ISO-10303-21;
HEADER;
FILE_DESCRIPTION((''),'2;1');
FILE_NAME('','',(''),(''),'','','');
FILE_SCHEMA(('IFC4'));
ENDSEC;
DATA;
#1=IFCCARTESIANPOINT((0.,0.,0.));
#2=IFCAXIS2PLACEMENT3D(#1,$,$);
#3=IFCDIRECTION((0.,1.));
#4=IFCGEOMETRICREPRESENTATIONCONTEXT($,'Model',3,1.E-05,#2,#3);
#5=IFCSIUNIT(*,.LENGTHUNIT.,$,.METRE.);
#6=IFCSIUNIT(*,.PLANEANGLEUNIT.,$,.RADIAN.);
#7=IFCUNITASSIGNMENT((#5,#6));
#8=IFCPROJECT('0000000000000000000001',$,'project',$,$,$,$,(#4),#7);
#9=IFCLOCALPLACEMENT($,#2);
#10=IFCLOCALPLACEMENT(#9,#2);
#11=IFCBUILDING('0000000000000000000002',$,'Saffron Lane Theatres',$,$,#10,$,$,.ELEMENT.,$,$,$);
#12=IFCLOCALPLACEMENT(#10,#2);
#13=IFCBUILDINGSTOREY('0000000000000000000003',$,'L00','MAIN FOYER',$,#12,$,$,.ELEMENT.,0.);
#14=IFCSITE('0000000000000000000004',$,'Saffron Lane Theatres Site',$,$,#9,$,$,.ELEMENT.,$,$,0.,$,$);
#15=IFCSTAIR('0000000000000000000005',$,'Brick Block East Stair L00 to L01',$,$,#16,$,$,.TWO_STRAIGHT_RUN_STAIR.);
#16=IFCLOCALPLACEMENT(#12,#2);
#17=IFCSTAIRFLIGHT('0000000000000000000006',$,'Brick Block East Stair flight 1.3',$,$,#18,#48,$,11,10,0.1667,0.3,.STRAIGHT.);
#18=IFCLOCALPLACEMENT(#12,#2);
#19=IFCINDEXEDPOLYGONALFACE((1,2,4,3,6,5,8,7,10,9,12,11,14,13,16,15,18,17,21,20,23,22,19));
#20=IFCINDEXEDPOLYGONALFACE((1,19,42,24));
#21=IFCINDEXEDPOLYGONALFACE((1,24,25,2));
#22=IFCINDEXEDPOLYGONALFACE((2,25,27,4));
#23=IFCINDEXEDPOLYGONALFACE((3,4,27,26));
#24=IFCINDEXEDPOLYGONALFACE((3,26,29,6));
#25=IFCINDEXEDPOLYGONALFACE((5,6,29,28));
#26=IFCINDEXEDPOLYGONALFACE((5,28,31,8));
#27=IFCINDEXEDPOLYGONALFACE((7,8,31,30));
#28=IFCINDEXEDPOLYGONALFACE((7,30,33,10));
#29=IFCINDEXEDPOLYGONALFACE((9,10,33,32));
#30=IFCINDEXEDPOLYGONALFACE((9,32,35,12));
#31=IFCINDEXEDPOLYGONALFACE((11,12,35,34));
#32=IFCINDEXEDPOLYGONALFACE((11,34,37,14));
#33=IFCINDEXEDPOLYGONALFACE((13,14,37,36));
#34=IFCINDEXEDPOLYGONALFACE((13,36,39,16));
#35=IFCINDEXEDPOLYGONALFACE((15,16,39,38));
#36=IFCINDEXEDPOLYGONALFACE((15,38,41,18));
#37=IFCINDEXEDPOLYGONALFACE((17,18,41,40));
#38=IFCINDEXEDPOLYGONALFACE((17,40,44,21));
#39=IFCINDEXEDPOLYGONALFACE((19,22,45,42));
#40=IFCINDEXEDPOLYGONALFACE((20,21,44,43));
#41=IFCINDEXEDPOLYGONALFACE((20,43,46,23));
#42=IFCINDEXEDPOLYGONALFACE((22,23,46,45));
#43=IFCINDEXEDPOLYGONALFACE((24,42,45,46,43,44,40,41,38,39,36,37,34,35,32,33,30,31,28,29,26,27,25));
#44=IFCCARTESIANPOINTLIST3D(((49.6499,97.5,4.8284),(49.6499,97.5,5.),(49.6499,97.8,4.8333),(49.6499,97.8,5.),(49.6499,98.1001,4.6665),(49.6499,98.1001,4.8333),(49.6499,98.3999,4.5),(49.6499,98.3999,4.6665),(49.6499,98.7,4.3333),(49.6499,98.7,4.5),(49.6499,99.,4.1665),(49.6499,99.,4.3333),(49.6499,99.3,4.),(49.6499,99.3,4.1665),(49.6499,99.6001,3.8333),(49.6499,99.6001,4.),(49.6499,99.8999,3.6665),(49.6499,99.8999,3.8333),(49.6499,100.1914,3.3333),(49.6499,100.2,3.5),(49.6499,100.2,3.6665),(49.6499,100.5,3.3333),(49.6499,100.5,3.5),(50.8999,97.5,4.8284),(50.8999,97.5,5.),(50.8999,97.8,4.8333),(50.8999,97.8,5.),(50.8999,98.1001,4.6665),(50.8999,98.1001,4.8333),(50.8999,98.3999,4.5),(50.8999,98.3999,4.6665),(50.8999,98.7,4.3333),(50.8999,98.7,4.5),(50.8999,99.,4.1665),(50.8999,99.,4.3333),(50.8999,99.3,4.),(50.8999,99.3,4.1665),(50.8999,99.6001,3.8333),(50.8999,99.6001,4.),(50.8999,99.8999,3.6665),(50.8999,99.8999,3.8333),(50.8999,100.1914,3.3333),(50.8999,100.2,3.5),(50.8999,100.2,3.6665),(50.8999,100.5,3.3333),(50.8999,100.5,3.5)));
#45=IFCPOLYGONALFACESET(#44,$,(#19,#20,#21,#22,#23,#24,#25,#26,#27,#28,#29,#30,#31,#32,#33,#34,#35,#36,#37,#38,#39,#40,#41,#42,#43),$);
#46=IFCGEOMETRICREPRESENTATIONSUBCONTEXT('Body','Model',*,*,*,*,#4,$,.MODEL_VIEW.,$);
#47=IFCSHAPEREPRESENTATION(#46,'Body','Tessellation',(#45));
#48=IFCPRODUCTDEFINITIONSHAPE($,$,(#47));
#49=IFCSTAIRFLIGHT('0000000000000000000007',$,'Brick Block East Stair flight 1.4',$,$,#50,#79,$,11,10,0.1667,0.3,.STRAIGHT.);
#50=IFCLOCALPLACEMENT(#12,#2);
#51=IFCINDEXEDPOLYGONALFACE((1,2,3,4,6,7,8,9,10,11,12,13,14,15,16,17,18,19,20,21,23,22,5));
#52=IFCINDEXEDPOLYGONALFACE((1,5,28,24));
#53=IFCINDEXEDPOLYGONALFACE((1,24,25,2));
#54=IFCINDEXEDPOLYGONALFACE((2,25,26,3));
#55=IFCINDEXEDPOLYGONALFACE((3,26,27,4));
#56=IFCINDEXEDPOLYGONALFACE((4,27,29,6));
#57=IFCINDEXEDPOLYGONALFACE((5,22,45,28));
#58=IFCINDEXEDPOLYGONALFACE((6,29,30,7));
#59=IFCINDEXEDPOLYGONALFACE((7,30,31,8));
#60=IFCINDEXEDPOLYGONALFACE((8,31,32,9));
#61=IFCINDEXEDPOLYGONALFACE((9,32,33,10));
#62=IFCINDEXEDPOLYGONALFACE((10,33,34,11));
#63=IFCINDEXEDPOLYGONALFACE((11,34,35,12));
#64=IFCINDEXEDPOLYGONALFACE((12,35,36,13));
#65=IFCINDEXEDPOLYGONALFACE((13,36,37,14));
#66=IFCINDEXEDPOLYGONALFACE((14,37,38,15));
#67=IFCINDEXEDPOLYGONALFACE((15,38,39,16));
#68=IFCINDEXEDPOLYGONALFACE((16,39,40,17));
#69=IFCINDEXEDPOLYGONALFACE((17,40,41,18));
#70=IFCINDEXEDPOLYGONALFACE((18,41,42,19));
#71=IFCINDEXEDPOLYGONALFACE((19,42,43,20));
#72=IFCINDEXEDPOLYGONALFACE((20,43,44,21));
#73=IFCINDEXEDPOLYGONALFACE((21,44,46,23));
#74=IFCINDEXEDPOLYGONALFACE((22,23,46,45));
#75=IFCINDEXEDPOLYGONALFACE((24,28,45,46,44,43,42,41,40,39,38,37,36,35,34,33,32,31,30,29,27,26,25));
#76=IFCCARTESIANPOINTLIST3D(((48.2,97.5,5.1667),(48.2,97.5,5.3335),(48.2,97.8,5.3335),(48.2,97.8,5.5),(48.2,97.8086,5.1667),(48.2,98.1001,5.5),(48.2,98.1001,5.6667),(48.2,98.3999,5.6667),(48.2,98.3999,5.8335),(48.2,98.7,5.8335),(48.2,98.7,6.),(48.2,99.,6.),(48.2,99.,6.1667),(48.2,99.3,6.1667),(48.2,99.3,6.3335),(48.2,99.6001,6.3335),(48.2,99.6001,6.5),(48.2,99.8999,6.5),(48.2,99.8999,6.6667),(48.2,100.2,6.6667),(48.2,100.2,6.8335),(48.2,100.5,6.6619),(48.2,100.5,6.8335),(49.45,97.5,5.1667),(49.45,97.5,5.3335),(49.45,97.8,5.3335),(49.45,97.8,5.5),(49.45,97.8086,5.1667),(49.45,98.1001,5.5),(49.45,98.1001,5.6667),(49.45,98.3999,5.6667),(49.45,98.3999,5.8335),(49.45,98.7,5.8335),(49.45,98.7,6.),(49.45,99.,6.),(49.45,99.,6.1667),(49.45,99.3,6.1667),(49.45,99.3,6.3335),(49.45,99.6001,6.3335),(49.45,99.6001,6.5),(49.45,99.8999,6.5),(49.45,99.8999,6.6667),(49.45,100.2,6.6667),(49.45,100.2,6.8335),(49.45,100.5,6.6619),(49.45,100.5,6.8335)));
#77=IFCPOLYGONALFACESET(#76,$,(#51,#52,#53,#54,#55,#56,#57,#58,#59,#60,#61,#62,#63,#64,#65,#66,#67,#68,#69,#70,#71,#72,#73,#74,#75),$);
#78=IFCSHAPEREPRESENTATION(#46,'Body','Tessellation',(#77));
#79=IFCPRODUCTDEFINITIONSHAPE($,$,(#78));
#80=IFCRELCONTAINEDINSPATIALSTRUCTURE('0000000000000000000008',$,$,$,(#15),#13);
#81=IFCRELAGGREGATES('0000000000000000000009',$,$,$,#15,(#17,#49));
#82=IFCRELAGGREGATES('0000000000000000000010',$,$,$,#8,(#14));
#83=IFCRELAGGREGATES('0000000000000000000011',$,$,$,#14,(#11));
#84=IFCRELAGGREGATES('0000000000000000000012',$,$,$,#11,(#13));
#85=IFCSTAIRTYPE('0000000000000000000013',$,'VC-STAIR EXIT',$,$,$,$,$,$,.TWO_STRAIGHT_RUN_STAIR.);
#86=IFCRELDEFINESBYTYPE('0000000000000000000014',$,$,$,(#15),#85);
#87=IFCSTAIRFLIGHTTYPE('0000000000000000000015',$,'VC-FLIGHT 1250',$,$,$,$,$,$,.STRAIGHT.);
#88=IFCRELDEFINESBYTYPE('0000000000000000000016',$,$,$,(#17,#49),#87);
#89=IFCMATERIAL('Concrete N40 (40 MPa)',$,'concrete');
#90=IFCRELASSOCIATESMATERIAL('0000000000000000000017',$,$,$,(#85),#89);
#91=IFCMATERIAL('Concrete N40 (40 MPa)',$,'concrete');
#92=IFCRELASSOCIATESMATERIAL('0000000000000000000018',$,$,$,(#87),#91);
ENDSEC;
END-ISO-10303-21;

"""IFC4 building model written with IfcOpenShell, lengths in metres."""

from ifc_helpers import new_model, si_unit, direction, frame, origin, place, context, subcontext, project, spatial, polyline, outline, extrude, material, type_object, element, aggregate, save


model = new_model("IFC4")

# Units and contexts
model_context = context("Model", 3, precision=1e-05, world=origin(), true_north=direction((0.0, 1.0)))
body_context = subcontext(model_context, "Body", "Model", "MODEL_VIEW")
ifc_project = project(units=[si_unit("LENGTHUNIT", "METRE"), si_unit("PLANEANGLEUNIT", "RADIAN")], contexts=[model_context])

# Site, building, storey
site_placement = place(None, origin())
site = spatial("IfcSite", under=ifc_project, at=site_placement, Name="Saffron Lane Theatres Site", CompositionType="ELEMENT", RefElevation=0.0)
building_placement = place(site_placement, origin())
building = spatial("IfcBuilding", under=site, at=building_placement, Name="Saffron Lane Theatres", CompositionType="ELEMENT")
storey_placement = place(building_placement, origin())
storey = spatial("IfcBuildingStorey", under=building, at=storey_placement, Name="L00", Description="MAIN FOYER", CompositionType="ELEMENT", Elevation=0.0)

# Stair, stair flights
ifc_material_1 = material(Name="Concrete N40 (40 MPa)", Category="concrete")
stair_type = type_object("IfcStairType", Name="VC-STAIR EXIT", PredefinedType="TWO_STRAIGHT_RUN_STAIR", material=ifc_material_1)
stair_placement = place(storey_placement, origin())
stair = element("IfcStair", 1, at=stair_placement, inside=storey, type_object=stair_type, Name="Brick Block East Stair L00 to L01", PredefinedType="TWO_STRAIGHT_RUN_STAIR")
ifc_material_2 = material(Name="Concrete N40 (40 MPa)", Category="concrete")
stair_flight_type = type_object("IfcStairFlightType", Name="VC-FLIGHT 1250", PredefinedType="STRAIGHT", material=ifc_material_2)
stair_flight_1_placement = place(storey_placement, frame((50.2749, 100.5, 3.3333), z_axis=(0.0, 0.0, 1.0), x_axis=(0.0, -1.0, 0.0)))
stair_flight_1 = element("IfcStairFlight", 2, at=stair_flight_1_placement, type_object=stair_flight_type, Name="Brick Block East Stair flight 1.3", NumberOfRisers=11, NumberOfTreads=10, PredefinedType="STRAIGHT", RiserHeight=0.1667, TreadLength=0.3, context=body_context, shape_type="SweptSolid", body=[
    extrude(outline(polyline([(0.0, 0.0), (0.0, 0.1667), (0.3, 0.1667), (0.3, 0.3333), (0.6001, 0.3333), (0.6001, 0.5), (0.8999, 0.5), (0.8999, 0.6667), (1.2, 0.6667), (1.2, 0.8333), (1.5, 0.8333), (1.5, 1.0), (1.8, 1.0), (1.8, 1.1667), (2.1001, 1.1667), (2.1001, 1.3333), (2.3999, 1.3333), (2.3999, 1.5), (2.7, 1.5), (2.7, 1.6667), (3.0, 1.6667), (3.0, 1.8333), (3.0, 1.4951), (0.3086, 0.0), (0.0, 0.0)])), frame((0.0, 0.625, 0.0), z_axis=(0.0, -1.0, 0.0), x_axis=(1.0, 0.0, 0.0)), (0.0, 0.0, 1.0), 1.25),
])
stair_flight_2_placement = place(storey_placement, frame((48.825, 97.5, 5.1667), z_axis=(0.0, 0.0, 1.0), x_axis=(0.0, 1.0, 0.0)))
stair_flight_2 = element("IfcStairFlight", 3, at=stair_flight_2_placement, type_object=stair_flight_type, Name="Brick Block East Stair flight 1.4", NumberOfRisers=11, NumberOfTreads=10, PredefinedType="STRAIGHT", RiserHeight=0.1667, TreadLength=0.3, context=body_context, shape_type="SweptSolid", body=[
    extrude(outline(polyline([(0.0, 0.0), (0.0, 0.1667), (0.3, 0.1667), (0.3, 0.3333), (0.6001, 0.3333), (0.6001, 0.5), (0.8999, 0.5), (0.8999, 0.6667), (1.2, 0.6667), (1.2, 0.8333), (1.5, 0.8333), (1.5, 1.0), (1.8, 1.0), (1.8, 1.1667), (2.1001, 1.1667), (2.1001, 1.3333), (2.3999, 1.3333), (2.3999, 1.5), (2.7, 1.5), (2.7, 1.6667), (3.0, 1.6667), (3.0, 1.8333), (3.0, 1.4951), (0.3086, 0.0), (0.0, 0.0)])), frame((0.0, 0.625, 0.0), z_axis=(0.0, -1.0, 0.0), x_axis=(1.0, 0.0, 0.0)), (0.0, 0.0, 1.0), 1.25),
])
aggregate(stair, [stair_flight_1, stair_flight_2])

save(model, "model.ifc")
